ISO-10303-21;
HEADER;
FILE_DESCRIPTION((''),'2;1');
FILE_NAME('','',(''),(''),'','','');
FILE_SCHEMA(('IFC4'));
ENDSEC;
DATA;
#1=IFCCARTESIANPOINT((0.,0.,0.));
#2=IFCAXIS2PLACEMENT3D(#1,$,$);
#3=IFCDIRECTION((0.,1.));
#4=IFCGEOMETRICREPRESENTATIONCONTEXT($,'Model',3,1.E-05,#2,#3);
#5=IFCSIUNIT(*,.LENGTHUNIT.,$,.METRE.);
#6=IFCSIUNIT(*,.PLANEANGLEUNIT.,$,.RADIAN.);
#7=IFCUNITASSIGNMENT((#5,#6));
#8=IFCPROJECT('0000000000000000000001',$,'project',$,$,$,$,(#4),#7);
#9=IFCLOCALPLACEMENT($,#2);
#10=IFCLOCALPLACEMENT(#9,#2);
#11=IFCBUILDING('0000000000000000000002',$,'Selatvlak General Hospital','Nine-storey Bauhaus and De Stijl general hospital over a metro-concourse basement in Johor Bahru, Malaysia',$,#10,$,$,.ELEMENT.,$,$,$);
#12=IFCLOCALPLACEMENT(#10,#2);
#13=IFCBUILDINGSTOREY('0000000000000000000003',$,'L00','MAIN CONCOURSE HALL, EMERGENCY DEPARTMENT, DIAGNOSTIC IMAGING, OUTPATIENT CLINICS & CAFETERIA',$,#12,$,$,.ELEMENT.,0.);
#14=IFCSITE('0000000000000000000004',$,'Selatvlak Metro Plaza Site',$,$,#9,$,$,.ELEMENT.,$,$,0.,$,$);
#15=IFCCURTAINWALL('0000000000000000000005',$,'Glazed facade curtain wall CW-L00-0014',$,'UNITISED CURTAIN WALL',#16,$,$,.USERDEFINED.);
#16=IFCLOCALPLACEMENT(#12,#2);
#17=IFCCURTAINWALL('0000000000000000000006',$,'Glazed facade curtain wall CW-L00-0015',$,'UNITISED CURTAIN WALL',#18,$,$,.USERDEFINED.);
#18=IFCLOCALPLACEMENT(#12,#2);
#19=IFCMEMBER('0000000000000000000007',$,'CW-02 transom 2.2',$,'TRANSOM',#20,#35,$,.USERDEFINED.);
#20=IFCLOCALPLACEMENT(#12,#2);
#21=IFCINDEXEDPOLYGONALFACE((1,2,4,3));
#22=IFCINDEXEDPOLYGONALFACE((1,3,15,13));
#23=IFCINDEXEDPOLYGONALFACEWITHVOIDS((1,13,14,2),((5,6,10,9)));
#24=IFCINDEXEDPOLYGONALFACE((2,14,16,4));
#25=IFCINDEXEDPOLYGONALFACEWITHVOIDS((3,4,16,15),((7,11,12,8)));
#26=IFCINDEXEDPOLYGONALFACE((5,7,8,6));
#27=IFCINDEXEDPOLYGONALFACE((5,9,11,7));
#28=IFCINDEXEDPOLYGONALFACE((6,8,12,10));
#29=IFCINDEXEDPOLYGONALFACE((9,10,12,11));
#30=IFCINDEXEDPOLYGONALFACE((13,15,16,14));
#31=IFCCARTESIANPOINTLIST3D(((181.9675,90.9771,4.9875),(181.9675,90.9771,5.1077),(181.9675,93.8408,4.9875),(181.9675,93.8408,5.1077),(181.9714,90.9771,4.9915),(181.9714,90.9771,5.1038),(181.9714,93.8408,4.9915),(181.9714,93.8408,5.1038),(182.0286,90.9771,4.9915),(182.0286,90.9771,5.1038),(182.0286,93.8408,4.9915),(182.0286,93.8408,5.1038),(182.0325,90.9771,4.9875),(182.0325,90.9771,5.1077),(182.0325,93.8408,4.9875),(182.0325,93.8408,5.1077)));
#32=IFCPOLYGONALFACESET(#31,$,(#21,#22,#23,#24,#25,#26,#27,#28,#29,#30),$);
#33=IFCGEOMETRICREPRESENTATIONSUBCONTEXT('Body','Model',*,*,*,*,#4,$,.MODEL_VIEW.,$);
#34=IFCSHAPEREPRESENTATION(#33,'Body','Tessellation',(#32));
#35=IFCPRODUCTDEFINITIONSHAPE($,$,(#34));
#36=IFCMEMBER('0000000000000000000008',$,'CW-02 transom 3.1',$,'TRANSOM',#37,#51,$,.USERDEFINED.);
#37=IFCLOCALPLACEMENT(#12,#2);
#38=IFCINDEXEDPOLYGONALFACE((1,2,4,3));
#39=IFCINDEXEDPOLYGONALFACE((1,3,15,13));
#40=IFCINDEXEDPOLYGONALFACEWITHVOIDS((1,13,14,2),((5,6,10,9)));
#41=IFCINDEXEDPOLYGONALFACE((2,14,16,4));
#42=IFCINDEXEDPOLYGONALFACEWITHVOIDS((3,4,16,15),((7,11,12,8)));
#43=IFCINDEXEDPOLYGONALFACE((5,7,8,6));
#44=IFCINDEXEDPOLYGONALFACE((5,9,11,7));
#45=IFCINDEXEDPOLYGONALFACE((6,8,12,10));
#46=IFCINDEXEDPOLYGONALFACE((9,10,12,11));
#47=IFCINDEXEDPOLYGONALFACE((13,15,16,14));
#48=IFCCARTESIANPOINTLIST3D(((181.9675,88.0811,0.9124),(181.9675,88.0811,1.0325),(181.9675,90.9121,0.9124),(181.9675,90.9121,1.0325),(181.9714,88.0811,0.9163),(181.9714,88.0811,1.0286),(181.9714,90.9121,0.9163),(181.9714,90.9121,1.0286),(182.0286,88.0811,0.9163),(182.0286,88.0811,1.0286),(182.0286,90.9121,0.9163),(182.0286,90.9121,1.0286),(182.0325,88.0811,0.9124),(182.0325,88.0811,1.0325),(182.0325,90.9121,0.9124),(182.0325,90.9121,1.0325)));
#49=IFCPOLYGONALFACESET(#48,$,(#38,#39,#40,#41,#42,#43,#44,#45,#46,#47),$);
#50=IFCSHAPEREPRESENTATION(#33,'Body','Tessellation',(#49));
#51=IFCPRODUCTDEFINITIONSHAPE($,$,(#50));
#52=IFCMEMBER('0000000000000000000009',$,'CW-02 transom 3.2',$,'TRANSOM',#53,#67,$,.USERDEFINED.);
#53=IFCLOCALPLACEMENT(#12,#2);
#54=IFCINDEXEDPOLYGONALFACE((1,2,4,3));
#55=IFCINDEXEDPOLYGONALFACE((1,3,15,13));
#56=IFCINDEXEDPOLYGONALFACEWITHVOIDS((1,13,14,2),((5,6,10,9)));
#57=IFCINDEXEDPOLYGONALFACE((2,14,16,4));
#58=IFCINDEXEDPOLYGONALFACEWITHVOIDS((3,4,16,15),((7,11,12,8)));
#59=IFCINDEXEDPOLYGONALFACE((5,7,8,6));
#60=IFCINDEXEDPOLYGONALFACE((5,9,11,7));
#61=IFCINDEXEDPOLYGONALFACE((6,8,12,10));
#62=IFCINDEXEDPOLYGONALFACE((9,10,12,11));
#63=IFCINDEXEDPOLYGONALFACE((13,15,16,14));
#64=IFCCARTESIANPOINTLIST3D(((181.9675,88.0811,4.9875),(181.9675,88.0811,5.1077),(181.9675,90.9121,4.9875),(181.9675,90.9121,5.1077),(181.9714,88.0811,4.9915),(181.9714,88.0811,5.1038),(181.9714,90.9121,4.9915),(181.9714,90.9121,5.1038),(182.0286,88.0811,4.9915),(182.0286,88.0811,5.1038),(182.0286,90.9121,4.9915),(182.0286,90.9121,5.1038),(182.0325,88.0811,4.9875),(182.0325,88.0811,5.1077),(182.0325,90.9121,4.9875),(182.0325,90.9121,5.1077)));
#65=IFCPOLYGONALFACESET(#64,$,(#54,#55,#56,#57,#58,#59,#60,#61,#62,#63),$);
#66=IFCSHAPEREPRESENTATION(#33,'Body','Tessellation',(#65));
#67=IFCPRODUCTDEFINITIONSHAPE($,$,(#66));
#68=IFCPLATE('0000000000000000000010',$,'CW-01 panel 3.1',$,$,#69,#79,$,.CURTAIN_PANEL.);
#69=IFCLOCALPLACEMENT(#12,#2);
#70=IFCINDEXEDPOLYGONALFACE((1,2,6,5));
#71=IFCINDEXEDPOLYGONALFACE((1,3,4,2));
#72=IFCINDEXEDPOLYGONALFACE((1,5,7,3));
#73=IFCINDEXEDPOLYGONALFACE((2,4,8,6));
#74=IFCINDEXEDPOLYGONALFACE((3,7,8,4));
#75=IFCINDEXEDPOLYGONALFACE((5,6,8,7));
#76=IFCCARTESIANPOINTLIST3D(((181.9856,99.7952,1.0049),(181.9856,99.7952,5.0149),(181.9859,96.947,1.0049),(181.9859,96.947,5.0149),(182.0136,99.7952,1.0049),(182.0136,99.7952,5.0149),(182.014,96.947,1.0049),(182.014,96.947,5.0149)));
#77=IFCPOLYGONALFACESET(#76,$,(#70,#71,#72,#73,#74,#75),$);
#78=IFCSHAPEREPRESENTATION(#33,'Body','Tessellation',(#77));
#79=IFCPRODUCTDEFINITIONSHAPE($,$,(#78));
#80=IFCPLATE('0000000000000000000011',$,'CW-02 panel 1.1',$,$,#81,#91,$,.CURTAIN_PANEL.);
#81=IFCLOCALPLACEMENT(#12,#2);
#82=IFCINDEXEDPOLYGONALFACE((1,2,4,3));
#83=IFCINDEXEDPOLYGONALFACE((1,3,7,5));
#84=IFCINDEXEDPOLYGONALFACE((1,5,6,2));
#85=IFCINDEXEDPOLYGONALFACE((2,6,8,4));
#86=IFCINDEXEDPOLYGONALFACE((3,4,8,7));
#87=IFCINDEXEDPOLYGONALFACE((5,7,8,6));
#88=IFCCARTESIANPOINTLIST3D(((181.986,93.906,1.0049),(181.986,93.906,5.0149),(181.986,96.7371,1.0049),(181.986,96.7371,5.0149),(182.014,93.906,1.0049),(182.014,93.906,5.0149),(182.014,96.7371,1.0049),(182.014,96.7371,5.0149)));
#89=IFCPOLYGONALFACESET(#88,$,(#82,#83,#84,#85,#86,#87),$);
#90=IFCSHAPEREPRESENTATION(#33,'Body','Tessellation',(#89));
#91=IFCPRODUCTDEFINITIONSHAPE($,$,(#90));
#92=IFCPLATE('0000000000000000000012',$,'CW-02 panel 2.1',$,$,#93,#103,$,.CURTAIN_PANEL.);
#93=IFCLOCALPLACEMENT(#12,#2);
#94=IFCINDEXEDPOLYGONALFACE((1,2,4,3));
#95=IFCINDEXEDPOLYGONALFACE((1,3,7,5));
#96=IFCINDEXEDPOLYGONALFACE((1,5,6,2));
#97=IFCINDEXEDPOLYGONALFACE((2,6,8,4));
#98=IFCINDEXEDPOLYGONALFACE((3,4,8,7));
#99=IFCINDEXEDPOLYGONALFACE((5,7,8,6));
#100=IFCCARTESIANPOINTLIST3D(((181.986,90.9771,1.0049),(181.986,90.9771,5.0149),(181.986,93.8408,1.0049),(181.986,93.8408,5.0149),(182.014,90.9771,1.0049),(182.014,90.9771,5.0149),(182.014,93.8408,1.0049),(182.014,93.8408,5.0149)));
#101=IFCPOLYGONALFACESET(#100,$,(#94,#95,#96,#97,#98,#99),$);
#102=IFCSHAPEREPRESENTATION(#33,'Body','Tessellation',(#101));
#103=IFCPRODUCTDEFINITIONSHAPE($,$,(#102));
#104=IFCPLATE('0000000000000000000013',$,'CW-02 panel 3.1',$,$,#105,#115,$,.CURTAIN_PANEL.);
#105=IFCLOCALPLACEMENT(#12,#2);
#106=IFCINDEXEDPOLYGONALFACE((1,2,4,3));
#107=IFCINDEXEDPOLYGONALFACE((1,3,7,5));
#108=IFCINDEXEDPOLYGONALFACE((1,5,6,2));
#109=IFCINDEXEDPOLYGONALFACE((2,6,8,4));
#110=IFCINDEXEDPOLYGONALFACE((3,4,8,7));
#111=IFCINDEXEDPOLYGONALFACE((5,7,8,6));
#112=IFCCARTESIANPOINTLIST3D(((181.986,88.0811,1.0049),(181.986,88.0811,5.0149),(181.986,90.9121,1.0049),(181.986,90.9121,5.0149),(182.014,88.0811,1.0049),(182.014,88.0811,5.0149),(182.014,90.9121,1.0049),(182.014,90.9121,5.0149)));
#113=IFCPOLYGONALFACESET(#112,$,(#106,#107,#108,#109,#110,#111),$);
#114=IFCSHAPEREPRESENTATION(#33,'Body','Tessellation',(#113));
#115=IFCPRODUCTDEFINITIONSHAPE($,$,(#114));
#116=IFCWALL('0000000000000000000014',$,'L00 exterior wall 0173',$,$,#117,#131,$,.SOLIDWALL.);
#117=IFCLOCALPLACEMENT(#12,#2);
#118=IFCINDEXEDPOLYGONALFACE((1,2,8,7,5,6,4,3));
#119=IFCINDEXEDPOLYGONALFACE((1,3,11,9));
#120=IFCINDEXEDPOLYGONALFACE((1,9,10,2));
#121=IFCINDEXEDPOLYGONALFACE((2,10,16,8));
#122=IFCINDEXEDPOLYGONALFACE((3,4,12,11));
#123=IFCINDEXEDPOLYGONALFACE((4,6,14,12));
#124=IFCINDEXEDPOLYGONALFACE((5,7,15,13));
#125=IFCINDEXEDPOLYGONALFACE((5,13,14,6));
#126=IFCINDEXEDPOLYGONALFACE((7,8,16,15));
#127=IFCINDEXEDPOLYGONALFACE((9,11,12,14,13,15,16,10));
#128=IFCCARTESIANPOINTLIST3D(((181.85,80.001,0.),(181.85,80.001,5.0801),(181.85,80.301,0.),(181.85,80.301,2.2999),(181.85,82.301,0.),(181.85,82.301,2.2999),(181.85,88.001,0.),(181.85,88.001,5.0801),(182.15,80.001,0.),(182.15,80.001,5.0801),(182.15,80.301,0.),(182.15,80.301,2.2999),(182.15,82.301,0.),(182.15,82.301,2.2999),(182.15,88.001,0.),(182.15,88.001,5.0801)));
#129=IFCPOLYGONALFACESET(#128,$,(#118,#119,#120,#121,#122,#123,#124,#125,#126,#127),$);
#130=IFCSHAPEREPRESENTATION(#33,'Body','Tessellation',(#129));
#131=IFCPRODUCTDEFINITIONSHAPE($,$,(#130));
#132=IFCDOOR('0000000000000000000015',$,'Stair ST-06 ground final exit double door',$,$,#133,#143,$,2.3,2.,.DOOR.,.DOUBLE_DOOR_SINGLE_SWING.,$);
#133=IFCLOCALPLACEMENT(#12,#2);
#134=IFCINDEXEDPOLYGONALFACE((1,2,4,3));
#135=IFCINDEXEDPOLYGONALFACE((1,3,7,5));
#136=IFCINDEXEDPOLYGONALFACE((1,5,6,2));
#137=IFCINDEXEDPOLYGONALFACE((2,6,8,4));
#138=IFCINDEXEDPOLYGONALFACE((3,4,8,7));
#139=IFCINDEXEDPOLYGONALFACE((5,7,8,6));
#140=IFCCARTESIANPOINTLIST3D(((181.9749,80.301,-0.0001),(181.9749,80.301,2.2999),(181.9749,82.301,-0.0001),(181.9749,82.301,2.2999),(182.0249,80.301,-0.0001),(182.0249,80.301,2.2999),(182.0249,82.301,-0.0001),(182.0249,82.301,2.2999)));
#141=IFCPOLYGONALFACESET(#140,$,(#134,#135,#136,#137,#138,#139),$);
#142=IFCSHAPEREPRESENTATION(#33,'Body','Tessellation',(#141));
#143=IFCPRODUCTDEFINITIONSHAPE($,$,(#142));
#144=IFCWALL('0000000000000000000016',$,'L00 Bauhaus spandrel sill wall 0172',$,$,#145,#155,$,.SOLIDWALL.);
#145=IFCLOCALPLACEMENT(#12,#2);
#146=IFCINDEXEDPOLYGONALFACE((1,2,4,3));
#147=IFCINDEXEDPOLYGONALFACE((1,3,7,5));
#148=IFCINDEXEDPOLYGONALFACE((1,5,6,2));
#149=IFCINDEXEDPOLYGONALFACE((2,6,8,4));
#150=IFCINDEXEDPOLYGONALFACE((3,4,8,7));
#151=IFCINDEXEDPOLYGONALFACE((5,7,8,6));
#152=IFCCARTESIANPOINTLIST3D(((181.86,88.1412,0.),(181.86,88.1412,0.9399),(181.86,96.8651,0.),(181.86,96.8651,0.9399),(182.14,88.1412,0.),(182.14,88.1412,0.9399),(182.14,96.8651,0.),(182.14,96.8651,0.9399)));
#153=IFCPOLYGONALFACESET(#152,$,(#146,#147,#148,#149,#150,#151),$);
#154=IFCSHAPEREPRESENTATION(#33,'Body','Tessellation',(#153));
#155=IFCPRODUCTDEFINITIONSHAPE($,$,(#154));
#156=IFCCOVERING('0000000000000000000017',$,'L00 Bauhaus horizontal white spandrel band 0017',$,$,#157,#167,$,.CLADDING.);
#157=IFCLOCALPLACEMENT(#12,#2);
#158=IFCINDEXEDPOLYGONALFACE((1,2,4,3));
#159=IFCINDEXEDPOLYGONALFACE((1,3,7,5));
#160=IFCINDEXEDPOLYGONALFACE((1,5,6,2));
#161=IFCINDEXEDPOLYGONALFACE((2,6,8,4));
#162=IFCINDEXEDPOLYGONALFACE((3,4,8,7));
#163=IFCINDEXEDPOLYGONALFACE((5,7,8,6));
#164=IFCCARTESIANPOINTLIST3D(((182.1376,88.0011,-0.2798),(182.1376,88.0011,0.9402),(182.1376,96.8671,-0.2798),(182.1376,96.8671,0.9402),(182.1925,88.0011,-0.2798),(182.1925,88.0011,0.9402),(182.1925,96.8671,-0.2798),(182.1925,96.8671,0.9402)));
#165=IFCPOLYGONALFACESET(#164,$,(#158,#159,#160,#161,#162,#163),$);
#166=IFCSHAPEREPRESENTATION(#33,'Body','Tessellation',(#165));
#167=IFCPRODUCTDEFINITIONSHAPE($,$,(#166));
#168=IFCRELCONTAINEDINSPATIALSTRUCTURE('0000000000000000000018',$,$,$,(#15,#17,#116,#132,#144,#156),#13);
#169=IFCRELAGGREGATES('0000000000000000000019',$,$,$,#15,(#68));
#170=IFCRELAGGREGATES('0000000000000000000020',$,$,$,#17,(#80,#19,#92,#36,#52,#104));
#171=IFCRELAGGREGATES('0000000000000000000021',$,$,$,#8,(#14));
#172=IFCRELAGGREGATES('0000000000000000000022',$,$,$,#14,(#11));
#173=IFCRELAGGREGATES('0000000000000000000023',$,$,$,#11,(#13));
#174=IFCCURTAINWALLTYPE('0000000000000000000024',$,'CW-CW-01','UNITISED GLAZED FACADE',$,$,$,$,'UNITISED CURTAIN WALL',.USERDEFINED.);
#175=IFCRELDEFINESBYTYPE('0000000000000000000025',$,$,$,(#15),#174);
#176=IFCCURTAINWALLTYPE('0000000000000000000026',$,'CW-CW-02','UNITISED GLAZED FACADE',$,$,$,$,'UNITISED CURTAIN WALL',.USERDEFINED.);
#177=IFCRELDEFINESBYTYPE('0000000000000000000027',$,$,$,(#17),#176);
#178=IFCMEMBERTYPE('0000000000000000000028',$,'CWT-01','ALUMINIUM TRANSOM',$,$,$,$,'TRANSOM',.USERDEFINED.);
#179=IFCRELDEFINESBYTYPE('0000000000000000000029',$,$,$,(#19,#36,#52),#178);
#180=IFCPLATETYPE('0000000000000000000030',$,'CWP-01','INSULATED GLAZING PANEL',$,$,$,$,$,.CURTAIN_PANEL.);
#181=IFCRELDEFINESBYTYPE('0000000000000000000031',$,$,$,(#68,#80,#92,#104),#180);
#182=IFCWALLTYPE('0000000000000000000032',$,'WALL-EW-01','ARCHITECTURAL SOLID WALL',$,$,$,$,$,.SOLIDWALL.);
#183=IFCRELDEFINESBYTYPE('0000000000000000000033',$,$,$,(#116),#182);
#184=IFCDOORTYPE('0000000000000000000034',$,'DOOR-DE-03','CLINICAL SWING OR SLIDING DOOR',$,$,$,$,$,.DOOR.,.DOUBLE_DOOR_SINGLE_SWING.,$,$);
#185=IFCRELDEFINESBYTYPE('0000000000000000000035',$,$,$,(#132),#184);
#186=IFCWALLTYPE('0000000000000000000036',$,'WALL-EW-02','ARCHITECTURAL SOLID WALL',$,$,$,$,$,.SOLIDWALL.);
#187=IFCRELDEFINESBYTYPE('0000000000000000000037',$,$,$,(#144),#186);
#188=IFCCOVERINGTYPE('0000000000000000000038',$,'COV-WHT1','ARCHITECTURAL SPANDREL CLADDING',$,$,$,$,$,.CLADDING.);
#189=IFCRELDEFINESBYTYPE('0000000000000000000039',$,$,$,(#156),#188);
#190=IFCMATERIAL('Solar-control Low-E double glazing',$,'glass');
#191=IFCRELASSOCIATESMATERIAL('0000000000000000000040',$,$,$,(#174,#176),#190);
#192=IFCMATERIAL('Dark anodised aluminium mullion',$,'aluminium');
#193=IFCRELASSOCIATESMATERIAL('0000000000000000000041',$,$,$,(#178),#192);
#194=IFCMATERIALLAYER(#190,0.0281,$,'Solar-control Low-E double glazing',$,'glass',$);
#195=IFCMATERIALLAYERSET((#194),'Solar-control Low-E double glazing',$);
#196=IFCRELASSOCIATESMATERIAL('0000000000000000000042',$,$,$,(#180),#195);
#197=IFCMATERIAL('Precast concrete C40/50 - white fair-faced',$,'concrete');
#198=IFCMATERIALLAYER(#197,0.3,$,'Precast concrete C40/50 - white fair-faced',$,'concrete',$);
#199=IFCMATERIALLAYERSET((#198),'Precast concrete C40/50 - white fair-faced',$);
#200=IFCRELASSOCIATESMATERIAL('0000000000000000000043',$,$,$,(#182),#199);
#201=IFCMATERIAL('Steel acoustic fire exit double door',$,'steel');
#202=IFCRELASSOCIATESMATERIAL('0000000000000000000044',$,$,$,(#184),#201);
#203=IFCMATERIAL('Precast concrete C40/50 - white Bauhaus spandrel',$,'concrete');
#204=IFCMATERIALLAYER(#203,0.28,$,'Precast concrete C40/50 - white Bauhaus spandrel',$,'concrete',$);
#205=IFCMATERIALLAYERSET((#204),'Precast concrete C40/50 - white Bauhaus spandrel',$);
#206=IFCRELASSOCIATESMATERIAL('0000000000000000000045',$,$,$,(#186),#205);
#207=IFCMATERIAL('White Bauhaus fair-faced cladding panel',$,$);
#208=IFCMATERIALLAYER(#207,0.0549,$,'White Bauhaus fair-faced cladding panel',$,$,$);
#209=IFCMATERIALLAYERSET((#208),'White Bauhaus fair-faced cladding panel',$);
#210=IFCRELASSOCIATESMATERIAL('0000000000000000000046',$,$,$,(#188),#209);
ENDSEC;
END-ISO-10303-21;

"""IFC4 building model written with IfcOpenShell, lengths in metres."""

from ifc_helpers import new_model, si_unit, direction, frame, frame_2d, origin, origin_2d, place, context, subcontext, project, spatial, rectangle, hollow_rectangle, extrude, material, layer, layer_set, material_profile, profile_set, type_object, element, fill, aggregate, save


model = new_model("IFC4")

# Units and contexts
model_context = context("Model", 3, precision=1e-05, world=origin(), true_north=direction((0.0, 1.0)))
body_context = subcontext(model_context, "Body", "Model", "MODEL_VIEW")
ifc_project = project(units=[si_unit("LENGTHUNIT", "METRE"), si_unit("PLANEANGLEUNIT", "RADIAN")], contexts=[model_context])

# Site, building, storey
site_placement = place(None, origin())
site = spatial("IfcSite", under=ifc_project, at=site_placement, Name="Selatvlak Metro Plaza Site", CompositionType="ELEMENT", RefElevation=0.0)
building_placement = place(site_placement, origin())
building = spatial("IfcBuilding", under=site, at=building_placement, Name="Selatvlak General Hospital", Description="Nine-storey Bauhaus and De Stijl general hospital over a metro-concourse basement in Johor Bahru, Malaysia", CompositionType="ELEMENT")
storey_placement = place(building_placement, origin())
storey = spatial("IfcBuildingStorey", under=building, at=storey_placement, Name="L00", Description="MAIN CONCOURSE HALL, EMERGENCY DEPARTMENT, DIAGNOSTIC IMAGING, OUTPATIENT CLINICS & CAFETERIA", CompositionType="ELEMENT", Elevation=0.0)

# Curtain wall
ifc_material_1 = material(Name="Solar-control Low-E double glazing", Category="glass")
curtain_wall_type_1 = type_object("IfcCurtainWallType", Name="CW-CW-01", Description="UNITISED GLAZED FACADE", ElementType="UNITISED CURTAIN WALL", PredefinedType="USERDEFINED", material=ifc_material_1)
curtain_wall_1_placement = place(storey_placement, origin())
curtain_wall_1 = element("IfcCurtainWall", 1, at=curtain_wall_1_placement, inside=storey, type_object=curtain_wall_type_1, Name="Glazed facade curtain wall CW-L00-0014", ObjectType="UNITISED CURTAIN WALL", PredefinedType="USERDEFINED")
ifc_material_2 = material(Name="Dark anodised aluminium mullion", Category="aluminium")

# Curtain wall, members
curtain_wall_type_2 = type_object("IfcCurtainWallType", Name="CW-CW-02", Description="UNITISED GLAZED FACADE", ElementType="UNITISED CURTAIN WALL", PredefinedType="USERDEFINED", material=ifc_material_1)
curtain_wall_2_placement = place(storey_placement, origin())
curtain_wall_2 = element("IfcCurtainWall", 2, at=curtain_wall_2_placement, inside=storey, type_object=curtain_wall_type_2, Name="Glazed facade curtain wall CW-L00-0015", ObjectType="UNITISED CURTAIN WALL", PredefinedType="USERDEFINED")
ifc_material_profile_1 = material_profile(ifc_material_2, hollow_rectangle(XDim=0.0649, YDim=0.1201, WallThickness=0.0039, at=origin_2d()), Name="AL-TRN 65x120x4")
ifc_profile_set_1 = profile_set([ifc_material_profile_1], Name="Dark anodised aluminium mullion")
member_type_1 = type_object("IfcMemberType", Name="CWT-01", Description="ALUMINIUM TRANSOM", ElementType="TRANSOM", PredefinedType="USERDEFINED", material=ifc_profile_set_1)
member_1_placement = place(storey_placement, frame((182.0, 93.8408, 5.0476), z_axis=(0.0, -1.0, 0.0), x_axis=(1.0, 0.0, 0.0)))
member_1 = element("IfcMember", 3, at=member_1_placement, type_object=member_type_1, Name="CW-02 transom 2.2", ObjectType="TRANSOM", PredefinedType="USERDEFINED", context=body_context, shape_type="SweptSolid", body=[
    extrude(hollow_rectangle(XDim=0.0649, YDim=0.1201, WallThickness=0.0039, at=origin_2d()), origin(), (0.0, 0.0, 1.0), 2.8638),
])
member_2_placement = place(storey_placement, frame((182.0, 90.9121, 0.9724), z_axis=(0.0, -1.0, 0.0), x_axis=(1.0, 0.0, 0.0)))
member_2 = element("IfcMember", 4, at=member_2_placement, type_object=member_type_1, Name="CW-02 transom 3.1", ObjectType="TRANSOM", PredefinedType="USERDEFINED", context=body_context, shape_type="SweptSolid", body=[
    extrude(hollow_rectangle(XDim=0.0649, YDim=0.1201, WallThickness=0.0039, at=origin_2d()), origin(), (0.0, 0.0, 1.0), 2.8311),
])
member_3_placement = place(storey_placement, frame((182.0, 90.9121, 5.0476), z_axis=(0.0, -1.0, 0.0), x_axis=(1.0, 0.0, 0.0)))
member_3 = element("IfcMember", 5, at=member_3_placement, type_object=member_type_1, Name="CW-02 transom 3.2", ObjectType="TRANSOM", PredefinedType="USERDEFINED", context=body_context, shape_type="SweptSolid", body=[
    extrude(hollow_rectangle(XDim=0.0649, YDim=0.1201, WallThickness=0.0039, at=origin_2d()), origin(), (0.0, 0.0, 1.0), 2.8311),
])

# Plates
ifc_layer_1 = layer(ifc_material_1, 0.0281, Name="Solar-control Low-E double glazing", Category="glass")
ifc_layer_set_1 = layer_set([ifc_layer_1], Name="Solar-control Low-E double glazing")
plate_type = type_object("IfcPlateType", Name="CWP-01", Description="INSULATED GLAZING PANEL", PredefinedType="CURTAIN_PANEL", material=ifc_layer_set_1)
plate_1_placement = place(storey_placement, frame((181.9998, 98.3711, 1.0049), z_axis=(0.0, 0.0, 1.0), x_axis=(0.000113, -1.0, 0.0)))
plate_1 = element("IfcPlate", 6, at=plate_1_placement, type_object=plate_type, Name="CW-01 panel 3.1", PredefinedType="CURTAIN_PANEL", context=body_context, shape_type="SweptSolid", body=[
    extrude(rectangle(XDim=2.8481, YDim=0.0281, at=origin_2d()), origin(), (0.0, 0.0, 1.0), 4.01),
])
aggregate(curtain_wall_1, [plate_1])
plate_2_placement = place(storey_placement, frame((182.0, 95.3215, 1.0049), z_axis=(0.0, 0.0, 1.0), x_axis=(0.0, -1.0, 0.0)))
plate_2 = element("IfcPlate", 7, at=plate_2_placement, type_object=plate_type, Name="CW-02 panel 1.1", PredefinedType="CURTAIN_PANEL", context=body_context, shape_type="SweptSolid", body=[
    extrude(rectangle(XDim=2.8311, YDim=0.0281, at=origin_2d()), origin(), (0.0, 0.0, 1.0), 4.01),
])
plate_3_placement = place(storey_placement, frame((182.0, 92.4089, 1.0049), z_axis=(0.0, 0.0, 1.0), x_axis=(0.0, -1.0, 0.0)))
plate_3 = element("IfcPlate", 8, at=plate_3_placement, type_object=plate_type, Name="CW-02 panel 2.1", PredefinedType="CURTAIN_PANEL", context=body_context, shape_type="SweptSolid", body=[
    extrude(rectangle(XDim=2.8638, YDim=0.0281, at=origin_2d()), origin(), (0.0, 0.0, 1.0), 4.01),
])
plate_4_placement = place(storey_placement, frame((182.0, 89.4966, 1.0049), z_axis=(0.0, 0.0, 1.0), x_axis=(0.0, -1.0, 0.0)))
plate_4 = element("IfcPlate", 9, at=plate_4_placement, type_object=plate_type, Name="CW-02 panel 3.1", PredefinedType="CURTAIN_PANEL", context=body_context, shape_type="SweptSolid", body=[
    extrude(rectangle(XDim=2.8311, YDim=0.0281, at=origin_2d()), origin(), (0.0, 0.0, 1.0), 4.01),
])
aggregate(curtain_wall_2, [plate_2, member_1, plate_3, member_2, member_3, plate_4])

# Wall, opening, door
ifc_material_3 = material(Name="Precast concrete C40/50 - white fair-faced", Category="concrete")
ifc_layer_2 = layer(ifc_material_3, 0.3, Name="Precast concrete C40/50 - white fair-faced", Category="concrete")
ifc_layer_set_2 = layer_set([ifc_layer_2], Name="Precast concrete C40/50 - white fair-faced")
wall_type_1 = type_object("IfcWallType", Name="WALL-EW-01", Description="ARCHITECTURAL SOLID WALL", PredefinedType="SOLIDWALL", material=ifc_layer_set_2)
wall_1_placement = place(storey_placement, frame((182.0, 88.001, 0.0), z_axis=(0.0, 0.0, 1.0), x_axis=(0.0, -1.0, 0.0)))
wall_1 = element("IfcWall", 10, at=wall_1_placement, inside=storey, type_object=wall_type_1, Name="L00 exterior wall 0173", PredefinedType="SOLIDWALL", context=body_context, shape_type="SweptSolid", body=[
    extrude(rectangle(XDim=8.0, YDim=0.3, at=frame_2d((4.0, 0.0))), origin(), (0.0, 0.0, 1.0), 5.0801),
])
opening_placement = place(wall_1_placement, frame((5.7, 0.0, 0.0)))
opening = element("IfcOpeningElement", 11, at=opening_placement, cuts=wall_1, PredefinedType="OPENING", context=body_context, shape_type="SweptSolid", body=[
    extrude(rectangle(XDim=2.0, YDim=2.3, at=frame_2d((1.0, 1.1499))), frame((0.0, 0.1599, 0.0), z_axis=(0.0, -1.0, 0.0), x_axis=(1.0, 0.0, 0.0)), (0.0, 0.0, 1.0), 0.3201),
])
ifc_material_4 = material(Name="Steel acoustic fire exit double door", Category="steel")
door_type = type_object("IfcDoorType", Name="DOOR-DE-03", Description="CLINICAL SWING OR SLIDING DOOR", OperationType="DOUBLE_DOOR_SINGLE_SWING", PredefinedType="DOOR", material=ifc_material_4)
door_placement = place(opening_placement, origin())
door = element("IfcDoor", 12, at=door_placement, inside=storey, type_object=door_type, Name="Stair ST-06 ground final exit double door", OperationType="DOUBLE_DOOR_SINGLE_SWING", OverallHeight=2.3, OverallWidth=2.0, PredefinedType="DOOR", context=body_context, shape_type="SweptSolid", body=[
    extrude(rectangle(XDim=2.0, YDim=2.3, at=frame_2d((1.0, 1.1499))), frame((0.0, 0.0249, 0.0), z_axis=(0.0, -1.0, 0.0), x_axis=(1.0, 0.0, 0.0)), (0.0, 0.0, 1.0), 0.05),
])
fill(opening, door)

# Wall
ifc_material_5 = material(Name="Precast concrete C40/50 - white Bauhaus spandrel", Category="concrete")
ifc_layer_3 = layer(ifc_material_5, 0.28, Name="Precast concrete C40/50 - white Bauhaus spandrel", Category="concrete")
ifc_layer_set_3 = layer_set([ifc_layer_3], Name="Precast concrete C40/50 - white Bauhaus spandrel")
wall_type_2 = type_object("IfcWallType", Name="WALL-EW-02", Description="ARCHITECTURAL SOLID WALL", PredefinedType="SOLIDWALL", material=ifc_layer_set_3)
wall_2_placement = place(storey_placement, frame((182.0, 96.865, 0.0), z_axis=(0.0, 0.0, 1.0), x_axis=(0.0, -1.0, 0.0)))
element("IfcWall", 13, at=wall_2_placement, inside=storey, type_object=wall_type_2, Name="L00 Bauhaus spandrel sill wall 0172", PredefinedType="SOLIDWALL", context=body_context, shape_type="SweptSolid", body=[
    extrude(rectangle(XDim=8.7239, YDim=0.28, at=frame_2d((4.3618, 0.0))), origin(), (0.0, 0.0, 1.0), 0.9399),
])

# Covering
ifc_material_6 = material(Name="White Bauhaus fair-faced cladding panel")
ifc_layer_4 = layer(ifc_material_6, 0.0549, Name="White Bauhaus fair-faced cladding panel")
ifc_layer_set_4 = layer_set([ifc_layer_4], Name="White Bauhaus fair-faced cladding panel")
covering_type = type_object("IfcCoveringType", Name="COV-WHT1", Description="ARCHITECTURAL SPANDREL CLADDING", PredefinedType="CLADDING", material=ifc_layer_set_4)
covering_placement = place(storey_placement, frame((182.165, 92.4341, -0.2798), z_axis=(0.0, 0.0, 1.0), x_axis=(0.0, -1.0, 0.0)))
element("IfcCovering", 14, at=covering_placement, inside=storey, type_object=covering_type, Name="L00 Bauhaus horizontal white spandrel band 0017", PredefinedType="CLADDING", context=body_context, shape_type="SweptSolid", body=[
    extrude(rectangle(XDim=8.866, YDim=0.0549, at=origin_2d()), origin(), (0.0, 0.0, 1.0), 1.22),
])

save(model, "model.ifc")
